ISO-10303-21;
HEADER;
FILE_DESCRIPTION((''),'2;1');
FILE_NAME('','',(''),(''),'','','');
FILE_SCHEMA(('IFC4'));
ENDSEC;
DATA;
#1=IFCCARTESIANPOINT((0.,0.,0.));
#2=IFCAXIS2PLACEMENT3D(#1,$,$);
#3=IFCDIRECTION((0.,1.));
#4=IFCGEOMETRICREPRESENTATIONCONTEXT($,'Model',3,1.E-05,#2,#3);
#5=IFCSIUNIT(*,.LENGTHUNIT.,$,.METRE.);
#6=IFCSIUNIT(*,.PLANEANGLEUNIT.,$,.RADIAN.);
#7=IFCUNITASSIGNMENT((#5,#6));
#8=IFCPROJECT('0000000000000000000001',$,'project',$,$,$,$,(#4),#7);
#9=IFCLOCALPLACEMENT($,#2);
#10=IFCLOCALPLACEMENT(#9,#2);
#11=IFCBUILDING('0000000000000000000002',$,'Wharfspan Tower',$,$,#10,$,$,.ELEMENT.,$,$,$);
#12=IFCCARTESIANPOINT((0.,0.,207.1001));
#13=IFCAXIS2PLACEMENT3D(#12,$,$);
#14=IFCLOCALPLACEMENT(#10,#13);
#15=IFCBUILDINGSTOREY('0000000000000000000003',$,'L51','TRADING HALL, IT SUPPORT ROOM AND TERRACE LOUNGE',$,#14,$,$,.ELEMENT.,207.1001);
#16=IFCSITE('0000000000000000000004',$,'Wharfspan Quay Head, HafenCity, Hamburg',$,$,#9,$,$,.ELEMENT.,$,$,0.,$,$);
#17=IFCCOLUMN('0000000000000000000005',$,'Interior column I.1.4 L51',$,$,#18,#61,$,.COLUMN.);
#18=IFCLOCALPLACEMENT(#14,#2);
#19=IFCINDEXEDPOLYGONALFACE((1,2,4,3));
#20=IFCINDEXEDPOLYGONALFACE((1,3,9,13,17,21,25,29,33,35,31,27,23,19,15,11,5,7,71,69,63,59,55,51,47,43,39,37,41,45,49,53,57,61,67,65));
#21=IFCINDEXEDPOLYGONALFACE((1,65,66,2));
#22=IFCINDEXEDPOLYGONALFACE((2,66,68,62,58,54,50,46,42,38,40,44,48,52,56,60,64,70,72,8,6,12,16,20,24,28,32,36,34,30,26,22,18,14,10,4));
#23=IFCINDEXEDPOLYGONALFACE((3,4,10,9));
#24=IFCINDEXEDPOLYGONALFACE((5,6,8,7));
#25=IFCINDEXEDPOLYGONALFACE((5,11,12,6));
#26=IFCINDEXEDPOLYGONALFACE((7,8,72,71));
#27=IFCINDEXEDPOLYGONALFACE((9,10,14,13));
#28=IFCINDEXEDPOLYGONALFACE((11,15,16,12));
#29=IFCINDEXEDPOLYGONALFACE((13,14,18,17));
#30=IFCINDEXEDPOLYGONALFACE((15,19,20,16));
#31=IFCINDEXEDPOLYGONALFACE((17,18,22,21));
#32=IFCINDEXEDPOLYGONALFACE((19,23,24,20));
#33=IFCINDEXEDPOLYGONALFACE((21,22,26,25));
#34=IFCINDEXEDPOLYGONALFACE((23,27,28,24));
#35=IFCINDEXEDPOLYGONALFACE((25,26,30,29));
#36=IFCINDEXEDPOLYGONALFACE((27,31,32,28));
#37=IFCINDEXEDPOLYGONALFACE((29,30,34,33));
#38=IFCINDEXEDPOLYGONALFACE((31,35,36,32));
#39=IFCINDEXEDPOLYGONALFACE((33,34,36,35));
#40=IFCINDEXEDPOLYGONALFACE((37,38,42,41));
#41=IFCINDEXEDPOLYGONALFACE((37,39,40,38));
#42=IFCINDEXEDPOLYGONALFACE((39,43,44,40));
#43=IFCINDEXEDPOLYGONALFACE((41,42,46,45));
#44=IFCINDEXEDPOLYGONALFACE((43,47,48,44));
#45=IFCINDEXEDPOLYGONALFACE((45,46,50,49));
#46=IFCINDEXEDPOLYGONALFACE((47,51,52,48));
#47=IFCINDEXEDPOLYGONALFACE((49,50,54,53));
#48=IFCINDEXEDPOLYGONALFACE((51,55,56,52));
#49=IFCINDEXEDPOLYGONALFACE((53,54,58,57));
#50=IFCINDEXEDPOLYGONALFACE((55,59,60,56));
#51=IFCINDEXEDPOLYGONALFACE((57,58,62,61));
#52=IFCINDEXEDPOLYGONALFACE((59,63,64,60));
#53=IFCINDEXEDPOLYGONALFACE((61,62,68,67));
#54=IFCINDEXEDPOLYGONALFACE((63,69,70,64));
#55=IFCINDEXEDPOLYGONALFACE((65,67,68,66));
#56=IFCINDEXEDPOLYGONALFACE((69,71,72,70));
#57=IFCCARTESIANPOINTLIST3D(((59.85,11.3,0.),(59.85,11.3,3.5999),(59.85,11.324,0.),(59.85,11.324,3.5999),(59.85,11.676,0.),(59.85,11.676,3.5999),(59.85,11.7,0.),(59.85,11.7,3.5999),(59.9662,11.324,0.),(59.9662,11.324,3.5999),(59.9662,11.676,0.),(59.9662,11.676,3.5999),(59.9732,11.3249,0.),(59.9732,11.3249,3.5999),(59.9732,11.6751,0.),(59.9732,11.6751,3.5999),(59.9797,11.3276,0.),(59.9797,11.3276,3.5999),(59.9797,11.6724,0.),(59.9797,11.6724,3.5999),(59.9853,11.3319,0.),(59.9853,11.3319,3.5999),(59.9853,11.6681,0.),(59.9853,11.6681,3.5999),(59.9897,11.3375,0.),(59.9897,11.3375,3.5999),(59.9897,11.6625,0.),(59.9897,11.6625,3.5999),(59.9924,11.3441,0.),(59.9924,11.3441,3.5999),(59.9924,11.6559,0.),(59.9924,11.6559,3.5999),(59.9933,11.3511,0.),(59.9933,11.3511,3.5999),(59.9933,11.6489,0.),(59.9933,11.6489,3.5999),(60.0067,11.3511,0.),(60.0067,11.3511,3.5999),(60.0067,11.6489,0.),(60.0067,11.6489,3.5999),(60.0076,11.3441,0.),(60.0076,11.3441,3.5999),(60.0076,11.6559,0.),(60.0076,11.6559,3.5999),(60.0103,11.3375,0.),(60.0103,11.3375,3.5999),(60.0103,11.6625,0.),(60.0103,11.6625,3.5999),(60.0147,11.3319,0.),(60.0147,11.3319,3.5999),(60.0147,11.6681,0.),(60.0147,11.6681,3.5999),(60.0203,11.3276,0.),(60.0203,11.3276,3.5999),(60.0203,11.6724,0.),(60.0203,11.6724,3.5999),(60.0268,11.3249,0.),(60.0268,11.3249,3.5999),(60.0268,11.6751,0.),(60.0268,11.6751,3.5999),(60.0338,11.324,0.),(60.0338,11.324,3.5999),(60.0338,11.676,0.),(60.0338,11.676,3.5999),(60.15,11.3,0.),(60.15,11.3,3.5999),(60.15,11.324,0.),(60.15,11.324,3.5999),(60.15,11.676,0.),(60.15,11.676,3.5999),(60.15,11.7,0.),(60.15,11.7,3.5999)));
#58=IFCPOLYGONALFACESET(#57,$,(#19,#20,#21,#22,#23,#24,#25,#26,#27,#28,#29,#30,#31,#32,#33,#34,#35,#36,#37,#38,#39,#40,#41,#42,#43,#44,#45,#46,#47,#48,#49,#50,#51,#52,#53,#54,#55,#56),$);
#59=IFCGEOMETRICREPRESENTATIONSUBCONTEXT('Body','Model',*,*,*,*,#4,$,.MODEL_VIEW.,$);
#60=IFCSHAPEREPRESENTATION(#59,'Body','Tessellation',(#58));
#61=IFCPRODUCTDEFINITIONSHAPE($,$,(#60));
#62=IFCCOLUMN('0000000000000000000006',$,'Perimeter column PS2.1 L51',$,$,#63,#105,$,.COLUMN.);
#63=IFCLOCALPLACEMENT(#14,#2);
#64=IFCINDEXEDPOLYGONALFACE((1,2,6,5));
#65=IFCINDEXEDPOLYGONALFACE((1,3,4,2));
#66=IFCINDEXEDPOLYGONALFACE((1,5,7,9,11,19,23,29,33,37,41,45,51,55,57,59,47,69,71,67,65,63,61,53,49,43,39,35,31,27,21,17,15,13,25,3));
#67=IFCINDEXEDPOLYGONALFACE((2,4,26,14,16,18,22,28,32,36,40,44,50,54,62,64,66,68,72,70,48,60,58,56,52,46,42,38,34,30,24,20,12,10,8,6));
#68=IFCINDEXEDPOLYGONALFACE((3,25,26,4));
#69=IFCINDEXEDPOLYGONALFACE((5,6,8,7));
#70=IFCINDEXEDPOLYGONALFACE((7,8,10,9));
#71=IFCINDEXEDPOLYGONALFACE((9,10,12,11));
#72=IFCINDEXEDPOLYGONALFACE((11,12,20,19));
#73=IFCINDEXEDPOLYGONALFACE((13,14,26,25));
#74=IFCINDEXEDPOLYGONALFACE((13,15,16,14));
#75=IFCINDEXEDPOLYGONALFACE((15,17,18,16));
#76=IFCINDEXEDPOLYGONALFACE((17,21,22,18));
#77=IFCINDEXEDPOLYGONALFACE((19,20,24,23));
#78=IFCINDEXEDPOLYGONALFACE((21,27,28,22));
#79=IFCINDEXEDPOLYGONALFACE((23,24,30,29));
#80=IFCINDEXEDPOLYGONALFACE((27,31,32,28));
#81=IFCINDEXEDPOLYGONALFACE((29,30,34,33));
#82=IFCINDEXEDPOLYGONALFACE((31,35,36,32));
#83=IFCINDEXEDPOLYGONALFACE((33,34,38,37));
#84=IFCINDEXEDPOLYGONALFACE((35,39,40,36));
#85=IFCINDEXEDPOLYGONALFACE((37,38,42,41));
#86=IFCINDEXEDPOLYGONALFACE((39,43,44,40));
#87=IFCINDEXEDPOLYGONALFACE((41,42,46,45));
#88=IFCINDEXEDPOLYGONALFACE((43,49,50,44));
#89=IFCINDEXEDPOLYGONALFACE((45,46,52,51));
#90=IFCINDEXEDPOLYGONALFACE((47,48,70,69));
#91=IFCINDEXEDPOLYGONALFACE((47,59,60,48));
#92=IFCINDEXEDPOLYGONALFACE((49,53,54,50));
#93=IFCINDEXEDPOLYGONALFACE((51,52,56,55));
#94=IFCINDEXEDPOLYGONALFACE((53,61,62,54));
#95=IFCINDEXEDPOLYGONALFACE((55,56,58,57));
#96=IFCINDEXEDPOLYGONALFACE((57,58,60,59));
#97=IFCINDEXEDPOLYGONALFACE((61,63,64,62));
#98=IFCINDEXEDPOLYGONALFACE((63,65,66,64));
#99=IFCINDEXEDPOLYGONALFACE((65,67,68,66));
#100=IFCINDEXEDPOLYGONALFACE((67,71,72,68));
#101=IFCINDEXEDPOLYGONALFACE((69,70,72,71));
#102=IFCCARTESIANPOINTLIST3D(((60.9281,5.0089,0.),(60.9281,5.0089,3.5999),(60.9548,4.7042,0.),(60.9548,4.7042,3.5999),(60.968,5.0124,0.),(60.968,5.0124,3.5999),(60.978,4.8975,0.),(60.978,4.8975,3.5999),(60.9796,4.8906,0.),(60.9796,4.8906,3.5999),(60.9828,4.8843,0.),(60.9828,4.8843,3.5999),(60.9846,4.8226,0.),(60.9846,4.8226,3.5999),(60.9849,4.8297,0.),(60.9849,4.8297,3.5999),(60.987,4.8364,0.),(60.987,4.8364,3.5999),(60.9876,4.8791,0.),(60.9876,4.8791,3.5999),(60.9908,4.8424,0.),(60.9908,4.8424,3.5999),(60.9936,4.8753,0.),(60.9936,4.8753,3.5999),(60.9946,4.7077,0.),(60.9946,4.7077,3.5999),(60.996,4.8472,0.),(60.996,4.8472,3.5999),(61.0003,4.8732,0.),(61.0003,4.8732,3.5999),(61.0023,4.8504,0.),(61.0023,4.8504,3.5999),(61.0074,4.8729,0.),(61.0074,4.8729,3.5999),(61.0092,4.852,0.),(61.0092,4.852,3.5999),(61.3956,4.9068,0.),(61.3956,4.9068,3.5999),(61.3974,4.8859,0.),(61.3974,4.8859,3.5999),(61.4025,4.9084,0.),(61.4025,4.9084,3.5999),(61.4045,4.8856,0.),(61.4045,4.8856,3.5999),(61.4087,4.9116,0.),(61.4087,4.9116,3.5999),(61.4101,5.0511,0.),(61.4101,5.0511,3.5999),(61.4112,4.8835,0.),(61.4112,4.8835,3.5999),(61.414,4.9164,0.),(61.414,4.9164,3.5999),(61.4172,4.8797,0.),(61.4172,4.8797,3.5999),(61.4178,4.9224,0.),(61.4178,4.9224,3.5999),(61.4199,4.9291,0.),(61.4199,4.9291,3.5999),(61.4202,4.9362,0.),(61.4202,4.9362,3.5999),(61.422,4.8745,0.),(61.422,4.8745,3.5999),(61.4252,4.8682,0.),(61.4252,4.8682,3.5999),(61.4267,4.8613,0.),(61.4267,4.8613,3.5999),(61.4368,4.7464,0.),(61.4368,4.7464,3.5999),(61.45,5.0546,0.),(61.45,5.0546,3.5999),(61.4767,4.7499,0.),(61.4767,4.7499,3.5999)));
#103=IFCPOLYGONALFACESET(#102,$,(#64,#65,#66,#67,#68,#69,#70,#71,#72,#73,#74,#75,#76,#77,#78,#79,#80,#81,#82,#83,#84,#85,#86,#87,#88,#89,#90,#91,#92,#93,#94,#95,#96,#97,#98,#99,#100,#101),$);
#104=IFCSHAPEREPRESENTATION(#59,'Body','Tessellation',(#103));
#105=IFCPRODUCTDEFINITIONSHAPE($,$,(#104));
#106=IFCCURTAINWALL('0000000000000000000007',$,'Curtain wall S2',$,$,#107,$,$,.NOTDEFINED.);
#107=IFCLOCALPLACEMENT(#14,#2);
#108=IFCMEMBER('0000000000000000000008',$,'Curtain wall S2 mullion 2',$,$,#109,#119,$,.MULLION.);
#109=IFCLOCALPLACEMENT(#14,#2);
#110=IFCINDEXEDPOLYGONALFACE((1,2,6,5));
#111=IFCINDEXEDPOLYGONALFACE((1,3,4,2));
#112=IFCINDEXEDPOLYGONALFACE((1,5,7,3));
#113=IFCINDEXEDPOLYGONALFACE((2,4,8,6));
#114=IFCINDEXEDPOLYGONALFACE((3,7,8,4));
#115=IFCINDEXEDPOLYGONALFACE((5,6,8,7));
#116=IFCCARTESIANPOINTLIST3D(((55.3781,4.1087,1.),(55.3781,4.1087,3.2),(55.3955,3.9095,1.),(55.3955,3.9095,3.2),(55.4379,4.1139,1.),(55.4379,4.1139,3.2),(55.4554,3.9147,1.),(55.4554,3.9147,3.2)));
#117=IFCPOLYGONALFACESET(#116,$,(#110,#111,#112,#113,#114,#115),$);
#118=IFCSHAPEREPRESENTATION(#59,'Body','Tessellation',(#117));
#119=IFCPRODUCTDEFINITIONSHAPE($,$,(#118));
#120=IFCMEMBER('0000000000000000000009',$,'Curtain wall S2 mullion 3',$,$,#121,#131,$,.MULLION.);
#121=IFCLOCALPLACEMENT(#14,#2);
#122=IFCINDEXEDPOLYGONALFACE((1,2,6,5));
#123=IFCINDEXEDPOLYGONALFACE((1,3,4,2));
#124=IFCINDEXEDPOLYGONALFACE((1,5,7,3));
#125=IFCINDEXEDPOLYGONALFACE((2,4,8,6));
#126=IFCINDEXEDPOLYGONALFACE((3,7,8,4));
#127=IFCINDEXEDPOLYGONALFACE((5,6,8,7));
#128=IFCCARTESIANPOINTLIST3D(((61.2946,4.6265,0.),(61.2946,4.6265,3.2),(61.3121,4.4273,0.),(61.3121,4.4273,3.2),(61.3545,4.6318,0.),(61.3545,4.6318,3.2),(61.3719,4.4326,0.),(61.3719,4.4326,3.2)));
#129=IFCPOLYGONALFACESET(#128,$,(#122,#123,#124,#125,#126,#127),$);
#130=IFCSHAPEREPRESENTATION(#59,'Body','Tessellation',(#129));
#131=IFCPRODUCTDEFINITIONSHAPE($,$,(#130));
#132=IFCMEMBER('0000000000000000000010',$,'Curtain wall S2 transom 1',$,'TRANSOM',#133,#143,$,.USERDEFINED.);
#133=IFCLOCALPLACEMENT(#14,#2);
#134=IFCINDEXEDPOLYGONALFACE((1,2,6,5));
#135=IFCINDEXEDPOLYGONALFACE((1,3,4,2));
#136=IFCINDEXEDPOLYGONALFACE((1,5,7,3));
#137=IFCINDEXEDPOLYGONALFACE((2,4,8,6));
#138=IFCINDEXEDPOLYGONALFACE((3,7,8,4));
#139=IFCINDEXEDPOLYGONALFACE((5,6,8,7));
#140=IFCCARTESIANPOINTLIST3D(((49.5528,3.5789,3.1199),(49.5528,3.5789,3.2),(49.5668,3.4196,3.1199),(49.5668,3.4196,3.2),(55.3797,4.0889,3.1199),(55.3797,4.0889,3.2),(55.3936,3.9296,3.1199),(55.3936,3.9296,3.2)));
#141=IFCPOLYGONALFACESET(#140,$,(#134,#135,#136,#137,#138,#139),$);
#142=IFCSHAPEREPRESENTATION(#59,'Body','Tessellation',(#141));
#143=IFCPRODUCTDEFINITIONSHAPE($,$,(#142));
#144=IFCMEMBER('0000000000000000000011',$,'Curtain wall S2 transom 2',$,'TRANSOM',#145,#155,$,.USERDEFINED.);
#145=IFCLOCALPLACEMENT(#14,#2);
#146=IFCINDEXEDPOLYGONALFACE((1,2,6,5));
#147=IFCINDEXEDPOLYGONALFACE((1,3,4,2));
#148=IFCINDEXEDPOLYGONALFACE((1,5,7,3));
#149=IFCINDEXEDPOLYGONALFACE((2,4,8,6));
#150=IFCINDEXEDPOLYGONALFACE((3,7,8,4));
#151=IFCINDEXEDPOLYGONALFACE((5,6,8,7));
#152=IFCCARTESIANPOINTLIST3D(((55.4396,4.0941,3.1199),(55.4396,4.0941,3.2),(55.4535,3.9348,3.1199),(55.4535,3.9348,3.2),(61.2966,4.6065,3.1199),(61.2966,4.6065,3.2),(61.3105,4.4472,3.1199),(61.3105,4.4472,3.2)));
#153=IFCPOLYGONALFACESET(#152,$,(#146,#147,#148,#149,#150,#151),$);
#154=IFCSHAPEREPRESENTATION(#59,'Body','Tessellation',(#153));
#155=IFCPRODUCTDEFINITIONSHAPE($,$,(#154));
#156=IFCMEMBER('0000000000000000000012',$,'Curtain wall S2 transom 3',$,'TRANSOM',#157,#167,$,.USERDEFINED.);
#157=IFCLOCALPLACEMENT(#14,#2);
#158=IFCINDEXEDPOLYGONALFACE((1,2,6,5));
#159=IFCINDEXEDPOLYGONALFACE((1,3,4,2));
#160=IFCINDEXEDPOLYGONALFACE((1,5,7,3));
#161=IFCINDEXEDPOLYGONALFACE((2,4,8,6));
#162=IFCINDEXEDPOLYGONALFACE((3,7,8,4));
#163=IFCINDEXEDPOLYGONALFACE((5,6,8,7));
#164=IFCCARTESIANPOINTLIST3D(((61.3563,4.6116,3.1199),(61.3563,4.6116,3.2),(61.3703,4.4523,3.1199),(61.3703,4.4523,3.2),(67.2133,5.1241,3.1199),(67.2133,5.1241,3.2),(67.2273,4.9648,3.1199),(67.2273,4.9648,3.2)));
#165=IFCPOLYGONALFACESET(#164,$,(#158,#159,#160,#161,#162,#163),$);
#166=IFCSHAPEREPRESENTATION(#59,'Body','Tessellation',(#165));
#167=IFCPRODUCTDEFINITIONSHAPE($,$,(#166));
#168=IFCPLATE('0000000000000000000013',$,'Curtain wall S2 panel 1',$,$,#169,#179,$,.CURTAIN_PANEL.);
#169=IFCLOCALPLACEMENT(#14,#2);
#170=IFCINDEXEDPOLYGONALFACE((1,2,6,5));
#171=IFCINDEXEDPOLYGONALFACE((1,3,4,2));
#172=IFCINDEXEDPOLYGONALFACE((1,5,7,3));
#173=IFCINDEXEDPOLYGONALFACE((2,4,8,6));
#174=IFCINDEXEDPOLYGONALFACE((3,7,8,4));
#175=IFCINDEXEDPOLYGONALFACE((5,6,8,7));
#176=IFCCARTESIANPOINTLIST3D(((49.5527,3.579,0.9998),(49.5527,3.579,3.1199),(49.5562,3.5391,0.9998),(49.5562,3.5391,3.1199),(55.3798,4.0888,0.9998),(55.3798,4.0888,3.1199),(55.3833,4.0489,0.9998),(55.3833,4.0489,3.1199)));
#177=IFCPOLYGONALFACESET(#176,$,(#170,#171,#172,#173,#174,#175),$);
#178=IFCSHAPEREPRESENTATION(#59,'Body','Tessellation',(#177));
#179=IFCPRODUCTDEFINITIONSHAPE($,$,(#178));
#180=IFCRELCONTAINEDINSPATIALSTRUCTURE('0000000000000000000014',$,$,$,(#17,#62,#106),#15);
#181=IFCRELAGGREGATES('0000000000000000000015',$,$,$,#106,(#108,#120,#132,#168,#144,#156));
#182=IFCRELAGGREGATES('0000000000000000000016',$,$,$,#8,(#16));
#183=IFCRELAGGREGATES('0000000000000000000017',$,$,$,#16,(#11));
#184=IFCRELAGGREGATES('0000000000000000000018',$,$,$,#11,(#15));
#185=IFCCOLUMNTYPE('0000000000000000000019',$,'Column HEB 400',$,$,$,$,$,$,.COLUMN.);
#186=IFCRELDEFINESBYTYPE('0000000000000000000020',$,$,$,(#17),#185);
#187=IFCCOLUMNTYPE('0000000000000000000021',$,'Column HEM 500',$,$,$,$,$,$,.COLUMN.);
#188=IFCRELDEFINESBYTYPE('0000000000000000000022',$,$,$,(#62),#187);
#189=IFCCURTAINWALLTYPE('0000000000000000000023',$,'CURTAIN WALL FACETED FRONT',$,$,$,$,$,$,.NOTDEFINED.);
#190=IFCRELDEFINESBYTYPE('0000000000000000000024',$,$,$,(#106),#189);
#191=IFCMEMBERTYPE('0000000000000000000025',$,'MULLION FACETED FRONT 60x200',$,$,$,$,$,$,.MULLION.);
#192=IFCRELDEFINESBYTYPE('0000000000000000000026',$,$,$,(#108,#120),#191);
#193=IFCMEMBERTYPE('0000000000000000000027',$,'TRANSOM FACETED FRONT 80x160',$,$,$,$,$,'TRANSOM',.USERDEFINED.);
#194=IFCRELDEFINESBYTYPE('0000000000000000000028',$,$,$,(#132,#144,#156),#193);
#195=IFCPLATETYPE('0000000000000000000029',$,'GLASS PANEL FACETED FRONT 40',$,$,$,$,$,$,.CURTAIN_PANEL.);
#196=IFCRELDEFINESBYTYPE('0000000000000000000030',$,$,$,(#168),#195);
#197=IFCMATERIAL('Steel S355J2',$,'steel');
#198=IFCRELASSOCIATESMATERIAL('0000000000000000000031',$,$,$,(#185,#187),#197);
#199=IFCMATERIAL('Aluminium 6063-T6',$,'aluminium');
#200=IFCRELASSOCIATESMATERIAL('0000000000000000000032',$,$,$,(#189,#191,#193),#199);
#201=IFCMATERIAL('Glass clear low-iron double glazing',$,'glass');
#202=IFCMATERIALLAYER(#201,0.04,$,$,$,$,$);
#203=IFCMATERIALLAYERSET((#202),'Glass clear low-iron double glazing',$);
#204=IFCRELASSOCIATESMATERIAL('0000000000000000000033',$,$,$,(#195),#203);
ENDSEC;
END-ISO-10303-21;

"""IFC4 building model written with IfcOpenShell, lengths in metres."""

from ifc_helpers import new_model, si_unit, direction, frame, origin, origin_2d, place, context, subcontext, project, spatial, rectangle, i_section, extrude, material, layer, layer_set, material_profile, profile_set, type_object, element, aggregate, save


model = new_model("IFC4")

# Units and contexts
model_context = context("Model", 3, precision=1e-05, world=origin(), true_north=direction((0.0, 1.0)))
body_context = subcontext(model_context, "Body", "Model", "MODEL_VIEW")
ifc_project = project(units=[si_unit("LENGTHUNIT", "METRE"), si_unit("PLANEANGLEUNIT", "RADIAN")], contexts=[model_context])

# Site, building, storey
site_placement = place(None, origin())
site = spatial("IfcSite", under=ifc_project, at=site_placement, Name="Wharfspan Quay Head, HafenCity, Hamburg", CompositionType="ELEMENT", RefElevation=0.0)
building_placement = place(site_placement, origin())
building = spatial("IfcBuilding", under=site, at=building_placement, Name="Wharfspan Tower", CompositionType="ELEMENT")
storey_placement = place(building_placement, frame((0.0, 0.0, 207.1001)))
storey = spatial("IfcBuildingStorey", under=building, at=storey_placement, Name="L51", Description="TRADING HALL, IT SUPPORT ROOM AND TERRACE LOUNGE", CompositionType="ELEMENT", Elevation=207.1001)

# Columns
ifc_material_1 = material(Name="Steel S355J2", Category="steel")
ifc_material_profile_1 = material_profile(ifc_material_1, i_section(OverallWidth=0.3, OverallDepth=0.3999, WebThickness=0.0134, FlangeThickness=0.0239, FilletRadius=0.0271, at=origin_2d()))
ifc_profile_set_1 = profile_set([ifc_material_profile_1], Name="Steel S355J2")
column_type_1 = type_object("IfcColumnType", Name="Column HEB 400", PredefinedType="COLUMN", material=ifc_profile_set_1)
column_1_placement = place(storey_placement, frame((60.0, 11.5, 0.0), z_axis=(0.0, 0.0, 1.0), x_axis=(1.0, 0.0, 0.0)))
element("IfcColumn", 1, at=column_1_placement, inside=storey, type_object=column_type_1, Name="Interior column I.1.4 L51", PredefinedType="COLUMN", context=body_context, shape_type="SweptSolid", body=[
    extrude(i_section(OverallWidth=0.3, OverallDepth=0.3999, WebThickness=0.0134, FlangeThickness=0.0239, FilletRadius=0.0271, at=origin_2d()), origin(), (0.0, 0.0, 1.0), 3.5999),
])
ifc_material_profile_2 = material_profile(ifc_material_1, i_section(OverallWidth=0.3059, OverallDepth=0.5239, WebThickness=0.021, FlangeThickness=0.04, FilletRadius=0.0271, at=origin_2d()))
ifc_profile_set_2 = profile_set([ifc_material_profile_2], Name="Steel S355J2")
column_type_2 = type_object("IfcColumnType", Name="Column HEM 500", PredefinedType="COLUMN", material=ifc_profile_set_2)
column_2_placement = place(storey_placement, frame((61.2024, 4.8794, 0.0), z_axis=(0.0, 0.0, 1.0), x_axis=(0.087156, -0.996197, 0.0)))
element("IfcColumn", 2, at=column_2_placement, inside=storey, type_object=column_type_2, Name="Perimeter column PS2.1 L51", PredefinedType="COLUMN", context=body_context, shape_type="SweptSolid", body=[
    extrude(i_section(OverallWidth=0.3059, OverallDepth=0.5239, WebThickness=0.021, FlangeThickness=0.04, FilletRadius=0.0271, at=origin_2d()), origin(), (0.0, 0.0, 1.0), 3.5999),
])

# Curtain wall, members, plate
ifc_material_2 = material(Name="Aluminium 6063-T6", Category="aluminium")
curtain_wall_type = type_object("IfcCurtainWallType", Name="CURTAIN WALL FACETED FRONT", PredefinedType="NOTDEFINED", material=ifc_material_2)
curtain_wall_placement = place(storey_placement, origin())
curtain_wall = element("IfcCurtainWall", 3, at=curtain_wall_placement, inside=storey, type_object=curtain_wall_type, Name="Curtain wall S2", PredefinedType="NOTDEFINED")
ifc_material_profile_3 = material_profile(ifc_material_2, rectangle(XDim=0.2, YDim=0.0601, at=origin_2d()))
ifc_profile_set_3 = profile_set([ifc_material_profile_3], Name="Aluminium 6063-T6")
member_type_1 = type_object("IfcMemberType", Name="MULLION FACETED FRONT 60x200", PredefinedType="MULLION", material=ifc_profile_set_3)
member_1_placement = place(storey_placement, frame((55.4167, 4.0117, 1.0), z_axis=(0.0, 0.0, 1.0), x_axis=(-0.087156, 0.996197, 0.0)))
member_1 = element("IfcMember", 4, at=member_1_placement, type_object=member_type_1, Name="Curtain wall S2 mullion 2", PredefinedType="MULLION", context=body_context, shape_type="SweptSolid", body=[
    extrude(rectangle(XDim=0.2, YDim=0.0601, at=origin_2d()), origin(), (0.0, 0.0, 1.0), 2.2),
])
member_2_placement = place(storey_placement, frame((61.3333, 4.5295, 0.0), z_axis=(0.0, 0.0, 1.0), x_axis=(-0.087156, 0.996197, 0.0)))
member_2 = element("IfcMember", 5, at=member_2_placement, type_object=member_type_1, Name="Curtain wall S2 mullion 3", PredefinedType="MULLION", context=body_context, shape_type="SweptSolid", body=[
    extrude(rectangle(XDim=0.2, YDim=0.0601, at=origin_2d()), origin(), (0.0, 0.0, 1.0), 3.2),
])
ifc_material_profile_4 = material_profile(ifc_material_2, rectangle(XDim=0.1599, YDim=0.0801, at=origin_2d()))
ifc_profile_set_4 = profile_set([ifc_material_profile_4], Name="Aluminium 6063-T6")
member_type_2 = type_object("IfcMemberType", Name="TRANSOM FACETED FRONT 80x160", ElementType="TRANSOM", PredefinedType="USERDEFINED", material=ifc_profile_set_4)
member_3_placement = place(storey_placement, frame((49.5598, 3.4993, 3.1599), z_axis=(0.996191, 0.087193, 0.0), x_axis=(-0.087193, 0.996191, 0.0)))
member_3 = element("IfcMember", 6, at=member_3_placement, type_object=member_type_2, Name="Curtain wall S2 transom 1", ObjectType="TRANSOM", PredefinedType="USERDEFINED", context=body_context, shape_type="SweptSolid", body=[
    extrude(rectangle(XDim=0.1599, YDim=0.0801, at=origin_2d()), origin(), (0.0, 0.0, 1.0), 5.8491),
])
member_4_placement = place(storey_placement, frame((55.4465, 4.0144, 3.1599), z_axis=(0.996194, 0.087162, 0.0), x_axis=(-0.087162, 0.996194, 0.0)))
member_4 = element("IfcMember", 7, at=member_4_placement, type_object=member_type_2, Name="Curtain wall S2 transom 2", ObjectType="TRANSOM", PredefinedType="USERDEFINED", context=body_context, shape_type="SweptSolid", body=[
    extrude(rectangle(XDim=0.1599, YDim=0.0801, at=origin_2d()), origin(), (0.0, 0.0, 1.0), 5.8794),
])
member_5_placement = place(storey_placement, frame((61.3633, 4.532, 3.1599), z_axis=(0.996194, 0.087162, 0.0), x_axis=(-0.087162, 0.996194, 0.0)))
member_5 = element("IfcMember", 8, at=member_5_placement, type_object=member_type_2, Name="Curtain wall S2 transom 3", ObjectType="TRANSOM", PredefinedType="USERDEFINED", context=body_context, shape_type="SweptSolid", body=[
    extrude(rectangle(XDim=0.1599, YDim=0.0801, at=origin_2d()), origin(), (0.0, 0.0, 1.0), 5.8794),
])
ifc_material_3 = material(Name="Glass clear low-iron double glazing", Category="glass")
ifc_layer_1 = layer(ifc_material_3, 0.04)
ifc_layer_set_1 = layer_set([ifc_layer_1], Name="Glass clear low-iron double glazing")
plate_type_1 = type_object("IfcPlateType", Name="GLASS PANEL FACETED FRONT 40", PredefinedType="CURTAIN_PANEL", material=ifc_layer_set_1)
plate_1_placement = place(storey_placement, frame((52.468, 3.814, 0.9998), z_axis=(0.0, 0.0, 1.0), x_axis=(0.996197, 0.087156, 0.0)))
plate_1 = element("IfcPlate", 9, at=plate_1_placement, type_object=plate_type_1, Name="Curtain wall S2 panel 1", PredefinedType="CURTAIN_PANEL", context=body_context, shape_type="SweptSolid", body=[
    extrude(rectangle(XDim=5.8494, YDim=0.04, at=origin_2d()), origin(), (0.0, 0.0, 1.0), 2.1201),
])
aggregate(curtain_wall, [member_1, member_2, member_3, plate_1, member_4, member_5])

save(model, "model.ifc")
